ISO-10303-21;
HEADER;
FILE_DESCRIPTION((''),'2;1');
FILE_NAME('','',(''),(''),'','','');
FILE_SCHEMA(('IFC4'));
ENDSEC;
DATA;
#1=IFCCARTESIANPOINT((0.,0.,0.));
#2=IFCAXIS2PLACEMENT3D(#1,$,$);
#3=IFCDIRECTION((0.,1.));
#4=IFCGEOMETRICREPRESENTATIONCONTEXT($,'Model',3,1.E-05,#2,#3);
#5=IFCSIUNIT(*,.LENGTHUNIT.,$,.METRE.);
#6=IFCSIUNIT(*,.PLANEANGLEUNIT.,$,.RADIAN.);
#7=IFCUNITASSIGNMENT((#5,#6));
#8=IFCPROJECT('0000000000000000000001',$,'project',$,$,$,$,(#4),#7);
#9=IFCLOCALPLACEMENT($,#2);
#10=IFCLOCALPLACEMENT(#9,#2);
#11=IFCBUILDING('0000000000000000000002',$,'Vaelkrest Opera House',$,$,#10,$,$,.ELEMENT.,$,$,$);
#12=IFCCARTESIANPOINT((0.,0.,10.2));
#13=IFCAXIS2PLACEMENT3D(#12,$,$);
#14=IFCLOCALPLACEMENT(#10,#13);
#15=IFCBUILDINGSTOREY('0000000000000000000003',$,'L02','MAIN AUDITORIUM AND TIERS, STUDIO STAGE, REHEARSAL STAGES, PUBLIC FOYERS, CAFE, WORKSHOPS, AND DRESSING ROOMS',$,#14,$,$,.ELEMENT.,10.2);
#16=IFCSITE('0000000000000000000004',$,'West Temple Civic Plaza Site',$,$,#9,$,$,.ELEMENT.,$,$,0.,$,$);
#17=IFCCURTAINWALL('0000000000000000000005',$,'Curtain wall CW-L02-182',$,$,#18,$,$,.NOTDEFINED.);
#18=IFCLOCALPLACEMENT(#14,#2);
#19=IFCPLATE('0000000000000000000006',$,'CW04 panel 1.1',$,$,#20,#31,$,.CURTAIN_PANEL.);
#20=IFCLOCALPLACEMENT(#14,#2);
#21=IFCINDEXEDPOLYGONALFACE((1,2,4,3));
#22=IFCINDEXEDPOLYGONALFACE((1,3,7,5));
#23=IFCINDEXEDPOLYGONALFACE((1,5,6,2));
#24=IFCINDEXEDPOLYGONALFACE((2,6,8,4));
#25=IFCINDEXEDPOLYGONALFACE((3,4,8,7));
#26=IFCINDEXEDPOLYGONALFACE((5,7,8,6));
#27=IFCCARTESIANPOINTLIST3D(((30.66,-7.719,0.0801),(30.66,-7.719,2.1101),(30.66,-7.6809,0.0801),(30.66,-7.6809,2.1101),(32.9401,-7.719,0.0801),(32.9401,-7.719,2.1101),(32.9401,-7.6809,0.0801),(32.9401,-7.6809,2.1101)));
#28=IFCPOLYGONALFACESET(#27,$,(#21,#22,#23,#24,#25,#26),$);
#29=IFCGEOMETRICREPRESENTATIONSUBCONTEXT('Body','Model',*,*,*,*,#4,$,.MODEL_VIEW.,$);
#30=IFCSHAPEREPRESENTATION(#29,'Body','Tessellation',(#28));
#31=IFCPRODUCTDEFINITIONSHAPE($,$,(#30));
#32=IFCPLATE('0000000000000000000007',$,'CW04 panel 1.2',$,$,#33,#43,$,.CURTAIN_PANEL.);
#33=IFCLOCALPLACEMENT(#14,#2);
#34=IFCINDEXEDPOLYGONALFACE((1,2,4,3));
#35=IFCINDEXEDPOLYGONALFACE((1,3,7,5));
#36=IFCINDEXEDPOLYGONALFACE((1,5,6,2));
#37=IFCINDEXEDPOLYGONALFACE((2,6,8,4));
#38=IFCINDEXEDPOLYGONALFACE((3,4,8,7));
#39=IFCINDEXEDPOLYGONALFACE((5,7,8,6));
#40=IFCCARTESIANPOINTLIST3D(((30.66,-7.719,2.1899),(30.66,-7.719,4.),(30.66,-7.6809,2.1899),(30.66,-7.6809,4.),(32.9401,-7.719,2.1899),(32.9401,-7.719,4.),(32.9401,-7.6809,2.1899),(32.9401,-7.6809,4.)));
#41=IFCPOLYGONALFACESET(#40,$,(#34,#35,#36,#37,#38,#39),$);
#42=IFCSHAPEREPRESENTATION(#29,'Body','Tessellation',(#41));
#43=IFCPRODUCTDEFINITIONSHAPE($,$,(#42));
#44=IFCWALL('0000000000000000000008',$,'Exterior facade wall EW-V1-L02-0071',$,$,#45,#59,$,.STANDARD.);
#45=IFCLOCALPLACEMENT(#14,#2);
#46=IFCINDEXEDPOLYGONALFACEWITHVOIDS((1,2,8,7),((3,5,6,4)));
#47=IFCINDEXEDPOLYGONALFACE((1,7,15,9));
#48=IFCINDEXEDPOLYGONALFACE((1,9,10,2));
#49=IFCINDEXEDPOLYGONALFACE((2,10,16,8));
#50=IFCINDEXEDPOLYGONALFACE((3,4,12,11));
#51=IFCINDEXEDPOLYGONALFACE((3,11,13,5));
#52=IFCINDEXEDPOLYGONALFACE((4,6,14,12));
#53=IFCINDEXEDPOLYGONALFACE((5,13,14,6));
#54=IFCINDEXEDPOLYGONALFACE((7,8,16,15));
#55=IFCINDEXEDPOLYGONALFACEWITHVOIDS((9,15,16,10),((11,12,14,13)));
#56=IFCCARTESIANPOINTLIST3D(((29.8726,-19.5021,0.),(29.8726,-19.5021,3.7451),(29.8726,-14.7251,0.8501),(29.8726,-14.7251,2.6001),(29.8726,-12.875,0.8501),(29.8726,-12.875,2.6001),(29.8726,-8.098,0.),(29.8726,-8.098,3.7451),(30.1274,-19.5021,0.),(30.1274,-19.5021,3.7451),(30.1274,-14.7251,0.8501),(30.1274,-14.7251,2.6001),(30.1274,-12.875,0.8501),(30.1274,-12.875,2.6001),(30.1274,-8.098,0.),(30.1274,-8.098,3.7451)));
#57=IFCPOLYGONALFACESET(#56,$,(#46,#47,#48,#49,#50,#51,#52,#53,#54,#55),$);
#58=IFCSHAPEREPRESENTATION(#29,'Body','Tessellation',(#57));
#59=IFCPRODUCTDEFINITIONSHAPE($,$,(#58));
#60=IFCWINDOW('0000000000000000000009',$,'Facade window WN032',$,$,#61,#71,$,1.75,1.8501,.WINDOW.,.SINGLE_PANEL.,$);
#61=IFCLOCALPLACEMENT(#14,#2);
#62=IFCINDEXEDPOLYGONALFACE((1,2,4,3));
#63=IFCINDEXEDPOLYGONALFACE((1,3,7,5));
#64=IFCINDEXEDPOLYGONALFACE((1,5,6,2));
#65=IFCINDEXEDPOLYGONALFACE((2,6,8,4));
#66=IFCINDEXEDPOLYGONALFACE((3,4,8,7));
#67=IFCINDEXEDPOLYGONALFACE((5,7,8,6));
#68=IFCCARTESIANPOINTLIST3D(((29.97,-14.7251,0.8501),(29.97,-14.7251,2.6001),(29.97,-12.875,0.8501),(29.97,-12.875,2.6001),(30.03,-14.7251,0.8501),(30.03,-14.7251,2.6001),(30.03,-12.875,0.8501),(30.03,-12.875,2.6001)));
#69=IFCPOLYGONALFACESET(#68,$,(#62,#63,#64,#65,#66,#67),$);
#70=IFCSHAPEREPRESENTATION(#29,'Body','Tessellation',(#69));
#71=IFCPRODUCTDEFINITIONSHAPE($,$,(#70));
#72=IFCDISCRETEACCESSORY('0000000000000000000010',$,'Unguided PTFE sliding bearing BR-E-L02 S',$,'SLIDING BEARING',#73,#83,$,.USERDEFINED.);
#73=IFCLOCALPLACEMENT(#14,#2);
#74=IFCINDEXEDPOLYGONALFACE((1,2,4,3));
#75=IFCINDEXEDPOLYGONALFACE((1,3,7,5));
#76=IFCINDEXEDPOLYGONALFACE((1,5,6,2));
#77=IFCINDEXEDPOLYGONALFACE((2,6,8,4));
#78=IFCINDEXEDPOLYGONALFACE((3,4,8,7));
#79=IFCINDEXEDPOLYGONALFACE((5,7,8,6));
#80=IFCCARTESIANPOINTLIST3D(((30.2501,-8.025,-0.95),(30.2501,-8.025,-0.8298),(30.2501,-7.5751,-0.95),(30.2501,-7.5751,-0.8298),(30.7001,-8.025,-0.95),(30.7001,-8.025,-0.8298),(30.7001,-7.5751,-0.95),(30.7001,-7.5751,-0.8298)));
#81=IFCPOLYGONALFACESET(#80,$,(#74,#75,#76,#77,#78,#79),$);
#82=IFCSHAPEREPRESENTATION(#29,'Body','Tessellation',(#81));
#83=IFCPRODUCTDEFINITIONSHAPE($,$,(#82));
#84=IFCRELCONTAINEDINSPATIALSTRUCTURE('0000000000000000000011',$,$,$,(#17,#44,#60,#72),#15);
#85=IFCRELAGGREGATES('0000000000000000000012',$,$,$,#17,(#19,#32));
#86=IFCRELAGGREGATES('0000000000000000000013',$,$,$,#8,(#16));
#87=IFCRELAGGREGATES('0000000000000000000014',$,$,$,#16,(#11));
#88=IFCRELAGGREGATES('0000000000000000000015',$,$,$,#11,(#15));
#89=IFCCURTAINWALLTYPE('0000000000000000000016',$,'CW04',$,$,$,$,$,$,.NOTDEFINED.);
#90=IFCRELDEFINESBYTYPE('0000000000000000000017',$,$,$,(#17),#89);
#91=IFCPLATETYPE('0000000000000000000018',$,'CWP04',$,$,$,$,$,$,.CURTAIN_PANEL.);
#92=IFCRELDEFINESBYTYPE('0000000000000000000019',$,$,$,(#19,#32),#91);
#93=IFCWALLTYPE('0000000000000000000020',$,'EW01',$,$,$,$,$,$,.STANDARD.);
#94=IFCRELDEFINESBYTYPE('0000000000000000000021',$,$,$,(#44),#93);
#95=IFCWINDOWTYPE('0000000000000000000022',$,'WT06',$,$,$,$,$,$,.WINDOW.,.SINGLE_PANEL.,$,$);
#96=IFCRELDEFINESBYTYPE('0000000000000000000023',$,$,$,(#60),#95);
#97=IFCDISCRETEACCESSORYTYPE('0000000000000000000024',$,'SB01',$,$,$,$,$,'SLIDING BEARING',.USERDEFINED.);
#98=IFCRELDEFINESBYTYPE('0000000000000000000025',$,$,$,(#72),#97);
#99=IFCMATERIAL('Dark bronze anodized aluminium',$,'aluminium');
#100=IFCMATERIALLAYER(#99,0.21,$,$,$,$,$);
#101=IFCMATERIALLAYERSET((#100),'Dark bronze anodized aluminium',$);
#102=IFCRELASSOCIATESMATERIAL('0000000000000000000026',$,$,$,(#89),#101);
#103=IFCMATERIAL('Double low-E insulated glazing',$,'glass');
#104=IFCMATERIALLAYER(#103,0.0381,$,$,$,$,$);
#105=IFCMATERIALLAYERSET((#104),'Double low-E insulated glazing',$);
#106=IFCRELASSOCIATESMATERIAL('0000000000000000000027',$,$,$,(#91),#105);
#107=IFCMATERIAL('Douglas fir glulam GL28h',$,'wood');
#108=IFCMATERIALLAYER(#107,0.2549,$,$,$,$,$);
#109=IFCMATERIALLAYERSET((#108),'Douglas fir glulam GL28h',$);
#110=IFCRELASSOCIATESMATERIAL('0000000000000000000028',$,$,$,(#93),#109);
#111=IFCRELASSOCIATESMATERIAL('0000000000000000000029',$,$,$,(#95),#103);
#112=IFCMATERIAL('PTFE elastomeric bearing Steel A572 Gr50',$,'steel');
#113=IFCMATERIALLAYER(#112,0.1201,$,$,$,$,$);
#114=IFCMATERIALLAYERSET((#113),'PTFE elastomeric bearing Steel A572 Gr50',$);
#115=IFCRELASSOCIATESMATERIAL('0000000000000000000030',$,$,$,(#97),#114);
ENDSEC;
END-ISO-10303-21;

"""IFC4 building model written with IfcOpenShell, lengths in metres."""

from ifc_helpers import new_model, si_unit, direction, frame, frame_2d, origin, origin_2d, place, context, subcontext, project, spatial, rectangle, extrude, material, layer, layer_set, type_object, element, fill, aggregate, save


model = new_model("IFC4")

# Units and contexts
model_context = context("Model", 3, precision=1e-05, world=origin(), true_north=direction((0.0, 1.0)))
body_context = subcontext(model_context, "Body", "Model", "MODEL_VIEW")
ifc_project = project(units=[si_unit("LENGTHUNIT", "METRE"), si_unit("PLANEANGLEUNIT", "RADIAN")], contexts=[model_context])

# Site, building, storey
site_placement = place(None, origin())
site = spatial("IfcSite", under=ifc_project, at=site_placement, Name="West Temple Civic Plaza Site", CompositionType="ELEMENT", RefElevation=0.0)
building_placement = place(site_placement, origin())
building = spatial("IfcBuilding", under=site, at=building_placement, Name="Vaelkrest Opera House", CompositionType="ELEMENT")
storey_placement = place(building_placement, frame((0.0, 0.0, 10.2)))
storey = spatial("IfcBuildingStorey", under=building, at=storey_placement, Name="L02", Description="MAIN AUDITORIUM AND TIERS, STUDIO STAGE, REHEARSAL STAGES, PUBLIC FOYERS, CAFE, WORKSHOPS, AND DRESSING ROOMS", CompositionType="ELEMENT", Elevation=10.2)

# Curtain wall
ifc_material_1 = material(Name="Dark bronze anodized aluminium", Category="aluminium")
ifc_layer_1 = layer(ifc_material_1, 0.21)
ifc_layer_set_1 = layer_set([ifc_layer_1], Name="Dark bronze anodized aluminium")
curtain_wall_type = type_object("IfcCurtainWallType", Name="CW04", PredefinedType="NOTDEFINED", material=ifc_layer_set_1)
curtain_wall_1_placement = place(storey_placement, origin())
curtain_wall_1 = element("IfcCurtainWall", 1, at=curtain_wall_1_placement, inside=storey, type_object=curtain_wall_type, Name="Curtain wall CW-L02-182", PredefinedType="NOTDEFINED")

# Plates
ifc_material_2 = material(Name="Double low-E insulated glazing", Category="glass")
ifc_layer_2 = layer(ifc_material_2, 0.0381)
ifc_layer_set_2 = layer_set([ifc_layer_2], Name="Double low-E insulated glazing")
plate_type = type_object("IfcPlateType", Name="CWP04", PredefinedType="CURTAIN_PANEL", material=ifc_layer_set_2)
plate_1_placement = place(storey_placement, frame((31.8, -7.7, 0.0801), z_axis=(0.0, 0.0, 1.0), x_axis=(-1.0, 0.0, 0.0)))
plate_1 = element("IfcPlate", 2, at=plate_1_placement, type_object=plate_type, Name="CW04 panel 1.1", PredefinedType="CURTAIN_PANEL", context=body_context, shape_type="SweptSolid", body=[
    extrude(rectangle(XDim=2.28, YDim=0.0381, at=origin_2d()), origin(), (0.0, 0.0, 1.0), 2.03),
])
plate_2_placement = place(storey_placement, frame((31.8, -7.7, 2.1899), z_axis=(0.0, 0.0, 1.0), x_axis=(-1.0, 0.0, 0.0)))
plate_2 = element("IfcPlate", 3, at=plate_2_placement, type_object=plate_type, Name="CW04 panel 1.2", PredefinedType="CURTAIN_PANEL", context=body_context, shape_type="SweptSolid", body=[
    extrude(rectangle(XDim=2.28, YDim=0.0381, at=origin_2d()), origin(), (0.0, 0.0, 1.0), 1.8101),
])
aggregate(curtain_wall_1, [plate_1, plate_2])

# Wall, opening, window
ifc_material_3 = material(Name="Douglas fir glulam GL28h", Category="wood")
ifc_layer_3 = layer(ifc_material_3, 0.2549)
ifc_layer_set_3 = layer_set([ifc_layer_3], Name="Douglas fir glulam GL28h")
wall_type = type_object("IfcWallType", Name="EW01", PredefinedType="STANDARD", material=ifc_layer_set_3)
wall_placement = place(storey_placement, frame((30.0, -8.0979, 0.0), z_axis=(0.0, 0.0, 1.0), x_axis=(0.0, -1.0, 0.0)))
wall = element("IfcWall", 4, at=wall_placement, inside=storey, type_object=wall_type, Name="Exterior facade wall EW-V1-L02-0071", PredefinedType="STANDARD", context=body_context, shape_type="SweptSolid", body=[
    extrude(rectangle(XDim=11.4041, YDim=0.2549, at=frame_2d((5.7021, 0.0))), origin(), (0.0, 0.0, 1.0), 3.7451),
])
opening_placement = place(wall_placement, frame((4.7771, 0.0, 0.8501)))
opening = element("IfcOpeningElement", 5, at=opening_placement, cuts=wall, PredefinedType="OPENING", context=body_context, shape_type="SweptSolid", body=[
    extrude(rectangle(XDim=1.8501, YDim=1.75, at=frame_2d((0.925, 0.875))), frame((0.0, 0.1375, 0.0), z_axis=(0.0, -1.0, 0.0), x_axis=(1.0, 0.0, 0.0)), (0.0, 0.0, 1.0), 0.2749),
])
window_type = type_object("IfcWindowType", Name="WT06", PartitioningType="SINGLE_PANEL", PredefinedType="WINDOW", material=ifc_material_2)
window_placement = place(opening_placement, origin())
window = element("IfcWindow", 6, at=window_placement, inside=storey, type_object=window_type, Name="Facade window WN032", OverallHeight=1.75, OverallWidth=1.8501, PartitioningType="SINGLE_PANEL", PredefinedType="WINDOW", context=body_context, shape_type="SweptSolid", body=[
    extrude(rectangle(XDim=1.8501, YDim=1.75, at=frame_2d((0.925, 0.875))), frame((0.0, 0.03, 0.0), z_axis=(0.0, -1.0, 0.0), x_axis=(1.0, 0.0, 0.0)), (0.0, 0.0, 1.0), 0.0601),
])
fill(opening, window)

# Discrete accessory
ifc_material_4 = material(Name="PTFE elastomeric bearing Steel A572 Gr50", Category="steel")
ifc_layer_4 = layer(ifc_material_4, 0.1201)
ifc_layer_set_4 = layer_set([ifc_layer_4], Name="PTFE elastomeric bearing Steel A572 Gr50")
discrete_accessory_type = type_object("IfcDiscreteAccessoryType", Name="SB01", ElementType="SLIDING BEARING", PredefinedType="USERDEFINED", material=ifc_layer_set_4)
discrete_accessory_placement = place(storey_placement, frame((30.4751, -7.8, -0.95), z_axis=(0.0, 0.0, 1.0), x_axis=(1.0, 0.0, 0.0)))
element("IfcDiscreteAccessory", 7, at=discrete_accessory_placement, inside=storey, type_object=discrete_accessory_type, Name="Unguided PTFE sliding bearing BR-E-L02 S", ObjectType="SLIDING BEARING", PredefinedType="USERDEFINED", context=body_context, shape_type="SweptSolid", body=[
    extrude(rectangle(XDim=0.45, YDim=0.45, at=origin_2d()), origin(), (0.0, 0.0, 1.0), 0.1201),
])

save(model, "model.ifc")
